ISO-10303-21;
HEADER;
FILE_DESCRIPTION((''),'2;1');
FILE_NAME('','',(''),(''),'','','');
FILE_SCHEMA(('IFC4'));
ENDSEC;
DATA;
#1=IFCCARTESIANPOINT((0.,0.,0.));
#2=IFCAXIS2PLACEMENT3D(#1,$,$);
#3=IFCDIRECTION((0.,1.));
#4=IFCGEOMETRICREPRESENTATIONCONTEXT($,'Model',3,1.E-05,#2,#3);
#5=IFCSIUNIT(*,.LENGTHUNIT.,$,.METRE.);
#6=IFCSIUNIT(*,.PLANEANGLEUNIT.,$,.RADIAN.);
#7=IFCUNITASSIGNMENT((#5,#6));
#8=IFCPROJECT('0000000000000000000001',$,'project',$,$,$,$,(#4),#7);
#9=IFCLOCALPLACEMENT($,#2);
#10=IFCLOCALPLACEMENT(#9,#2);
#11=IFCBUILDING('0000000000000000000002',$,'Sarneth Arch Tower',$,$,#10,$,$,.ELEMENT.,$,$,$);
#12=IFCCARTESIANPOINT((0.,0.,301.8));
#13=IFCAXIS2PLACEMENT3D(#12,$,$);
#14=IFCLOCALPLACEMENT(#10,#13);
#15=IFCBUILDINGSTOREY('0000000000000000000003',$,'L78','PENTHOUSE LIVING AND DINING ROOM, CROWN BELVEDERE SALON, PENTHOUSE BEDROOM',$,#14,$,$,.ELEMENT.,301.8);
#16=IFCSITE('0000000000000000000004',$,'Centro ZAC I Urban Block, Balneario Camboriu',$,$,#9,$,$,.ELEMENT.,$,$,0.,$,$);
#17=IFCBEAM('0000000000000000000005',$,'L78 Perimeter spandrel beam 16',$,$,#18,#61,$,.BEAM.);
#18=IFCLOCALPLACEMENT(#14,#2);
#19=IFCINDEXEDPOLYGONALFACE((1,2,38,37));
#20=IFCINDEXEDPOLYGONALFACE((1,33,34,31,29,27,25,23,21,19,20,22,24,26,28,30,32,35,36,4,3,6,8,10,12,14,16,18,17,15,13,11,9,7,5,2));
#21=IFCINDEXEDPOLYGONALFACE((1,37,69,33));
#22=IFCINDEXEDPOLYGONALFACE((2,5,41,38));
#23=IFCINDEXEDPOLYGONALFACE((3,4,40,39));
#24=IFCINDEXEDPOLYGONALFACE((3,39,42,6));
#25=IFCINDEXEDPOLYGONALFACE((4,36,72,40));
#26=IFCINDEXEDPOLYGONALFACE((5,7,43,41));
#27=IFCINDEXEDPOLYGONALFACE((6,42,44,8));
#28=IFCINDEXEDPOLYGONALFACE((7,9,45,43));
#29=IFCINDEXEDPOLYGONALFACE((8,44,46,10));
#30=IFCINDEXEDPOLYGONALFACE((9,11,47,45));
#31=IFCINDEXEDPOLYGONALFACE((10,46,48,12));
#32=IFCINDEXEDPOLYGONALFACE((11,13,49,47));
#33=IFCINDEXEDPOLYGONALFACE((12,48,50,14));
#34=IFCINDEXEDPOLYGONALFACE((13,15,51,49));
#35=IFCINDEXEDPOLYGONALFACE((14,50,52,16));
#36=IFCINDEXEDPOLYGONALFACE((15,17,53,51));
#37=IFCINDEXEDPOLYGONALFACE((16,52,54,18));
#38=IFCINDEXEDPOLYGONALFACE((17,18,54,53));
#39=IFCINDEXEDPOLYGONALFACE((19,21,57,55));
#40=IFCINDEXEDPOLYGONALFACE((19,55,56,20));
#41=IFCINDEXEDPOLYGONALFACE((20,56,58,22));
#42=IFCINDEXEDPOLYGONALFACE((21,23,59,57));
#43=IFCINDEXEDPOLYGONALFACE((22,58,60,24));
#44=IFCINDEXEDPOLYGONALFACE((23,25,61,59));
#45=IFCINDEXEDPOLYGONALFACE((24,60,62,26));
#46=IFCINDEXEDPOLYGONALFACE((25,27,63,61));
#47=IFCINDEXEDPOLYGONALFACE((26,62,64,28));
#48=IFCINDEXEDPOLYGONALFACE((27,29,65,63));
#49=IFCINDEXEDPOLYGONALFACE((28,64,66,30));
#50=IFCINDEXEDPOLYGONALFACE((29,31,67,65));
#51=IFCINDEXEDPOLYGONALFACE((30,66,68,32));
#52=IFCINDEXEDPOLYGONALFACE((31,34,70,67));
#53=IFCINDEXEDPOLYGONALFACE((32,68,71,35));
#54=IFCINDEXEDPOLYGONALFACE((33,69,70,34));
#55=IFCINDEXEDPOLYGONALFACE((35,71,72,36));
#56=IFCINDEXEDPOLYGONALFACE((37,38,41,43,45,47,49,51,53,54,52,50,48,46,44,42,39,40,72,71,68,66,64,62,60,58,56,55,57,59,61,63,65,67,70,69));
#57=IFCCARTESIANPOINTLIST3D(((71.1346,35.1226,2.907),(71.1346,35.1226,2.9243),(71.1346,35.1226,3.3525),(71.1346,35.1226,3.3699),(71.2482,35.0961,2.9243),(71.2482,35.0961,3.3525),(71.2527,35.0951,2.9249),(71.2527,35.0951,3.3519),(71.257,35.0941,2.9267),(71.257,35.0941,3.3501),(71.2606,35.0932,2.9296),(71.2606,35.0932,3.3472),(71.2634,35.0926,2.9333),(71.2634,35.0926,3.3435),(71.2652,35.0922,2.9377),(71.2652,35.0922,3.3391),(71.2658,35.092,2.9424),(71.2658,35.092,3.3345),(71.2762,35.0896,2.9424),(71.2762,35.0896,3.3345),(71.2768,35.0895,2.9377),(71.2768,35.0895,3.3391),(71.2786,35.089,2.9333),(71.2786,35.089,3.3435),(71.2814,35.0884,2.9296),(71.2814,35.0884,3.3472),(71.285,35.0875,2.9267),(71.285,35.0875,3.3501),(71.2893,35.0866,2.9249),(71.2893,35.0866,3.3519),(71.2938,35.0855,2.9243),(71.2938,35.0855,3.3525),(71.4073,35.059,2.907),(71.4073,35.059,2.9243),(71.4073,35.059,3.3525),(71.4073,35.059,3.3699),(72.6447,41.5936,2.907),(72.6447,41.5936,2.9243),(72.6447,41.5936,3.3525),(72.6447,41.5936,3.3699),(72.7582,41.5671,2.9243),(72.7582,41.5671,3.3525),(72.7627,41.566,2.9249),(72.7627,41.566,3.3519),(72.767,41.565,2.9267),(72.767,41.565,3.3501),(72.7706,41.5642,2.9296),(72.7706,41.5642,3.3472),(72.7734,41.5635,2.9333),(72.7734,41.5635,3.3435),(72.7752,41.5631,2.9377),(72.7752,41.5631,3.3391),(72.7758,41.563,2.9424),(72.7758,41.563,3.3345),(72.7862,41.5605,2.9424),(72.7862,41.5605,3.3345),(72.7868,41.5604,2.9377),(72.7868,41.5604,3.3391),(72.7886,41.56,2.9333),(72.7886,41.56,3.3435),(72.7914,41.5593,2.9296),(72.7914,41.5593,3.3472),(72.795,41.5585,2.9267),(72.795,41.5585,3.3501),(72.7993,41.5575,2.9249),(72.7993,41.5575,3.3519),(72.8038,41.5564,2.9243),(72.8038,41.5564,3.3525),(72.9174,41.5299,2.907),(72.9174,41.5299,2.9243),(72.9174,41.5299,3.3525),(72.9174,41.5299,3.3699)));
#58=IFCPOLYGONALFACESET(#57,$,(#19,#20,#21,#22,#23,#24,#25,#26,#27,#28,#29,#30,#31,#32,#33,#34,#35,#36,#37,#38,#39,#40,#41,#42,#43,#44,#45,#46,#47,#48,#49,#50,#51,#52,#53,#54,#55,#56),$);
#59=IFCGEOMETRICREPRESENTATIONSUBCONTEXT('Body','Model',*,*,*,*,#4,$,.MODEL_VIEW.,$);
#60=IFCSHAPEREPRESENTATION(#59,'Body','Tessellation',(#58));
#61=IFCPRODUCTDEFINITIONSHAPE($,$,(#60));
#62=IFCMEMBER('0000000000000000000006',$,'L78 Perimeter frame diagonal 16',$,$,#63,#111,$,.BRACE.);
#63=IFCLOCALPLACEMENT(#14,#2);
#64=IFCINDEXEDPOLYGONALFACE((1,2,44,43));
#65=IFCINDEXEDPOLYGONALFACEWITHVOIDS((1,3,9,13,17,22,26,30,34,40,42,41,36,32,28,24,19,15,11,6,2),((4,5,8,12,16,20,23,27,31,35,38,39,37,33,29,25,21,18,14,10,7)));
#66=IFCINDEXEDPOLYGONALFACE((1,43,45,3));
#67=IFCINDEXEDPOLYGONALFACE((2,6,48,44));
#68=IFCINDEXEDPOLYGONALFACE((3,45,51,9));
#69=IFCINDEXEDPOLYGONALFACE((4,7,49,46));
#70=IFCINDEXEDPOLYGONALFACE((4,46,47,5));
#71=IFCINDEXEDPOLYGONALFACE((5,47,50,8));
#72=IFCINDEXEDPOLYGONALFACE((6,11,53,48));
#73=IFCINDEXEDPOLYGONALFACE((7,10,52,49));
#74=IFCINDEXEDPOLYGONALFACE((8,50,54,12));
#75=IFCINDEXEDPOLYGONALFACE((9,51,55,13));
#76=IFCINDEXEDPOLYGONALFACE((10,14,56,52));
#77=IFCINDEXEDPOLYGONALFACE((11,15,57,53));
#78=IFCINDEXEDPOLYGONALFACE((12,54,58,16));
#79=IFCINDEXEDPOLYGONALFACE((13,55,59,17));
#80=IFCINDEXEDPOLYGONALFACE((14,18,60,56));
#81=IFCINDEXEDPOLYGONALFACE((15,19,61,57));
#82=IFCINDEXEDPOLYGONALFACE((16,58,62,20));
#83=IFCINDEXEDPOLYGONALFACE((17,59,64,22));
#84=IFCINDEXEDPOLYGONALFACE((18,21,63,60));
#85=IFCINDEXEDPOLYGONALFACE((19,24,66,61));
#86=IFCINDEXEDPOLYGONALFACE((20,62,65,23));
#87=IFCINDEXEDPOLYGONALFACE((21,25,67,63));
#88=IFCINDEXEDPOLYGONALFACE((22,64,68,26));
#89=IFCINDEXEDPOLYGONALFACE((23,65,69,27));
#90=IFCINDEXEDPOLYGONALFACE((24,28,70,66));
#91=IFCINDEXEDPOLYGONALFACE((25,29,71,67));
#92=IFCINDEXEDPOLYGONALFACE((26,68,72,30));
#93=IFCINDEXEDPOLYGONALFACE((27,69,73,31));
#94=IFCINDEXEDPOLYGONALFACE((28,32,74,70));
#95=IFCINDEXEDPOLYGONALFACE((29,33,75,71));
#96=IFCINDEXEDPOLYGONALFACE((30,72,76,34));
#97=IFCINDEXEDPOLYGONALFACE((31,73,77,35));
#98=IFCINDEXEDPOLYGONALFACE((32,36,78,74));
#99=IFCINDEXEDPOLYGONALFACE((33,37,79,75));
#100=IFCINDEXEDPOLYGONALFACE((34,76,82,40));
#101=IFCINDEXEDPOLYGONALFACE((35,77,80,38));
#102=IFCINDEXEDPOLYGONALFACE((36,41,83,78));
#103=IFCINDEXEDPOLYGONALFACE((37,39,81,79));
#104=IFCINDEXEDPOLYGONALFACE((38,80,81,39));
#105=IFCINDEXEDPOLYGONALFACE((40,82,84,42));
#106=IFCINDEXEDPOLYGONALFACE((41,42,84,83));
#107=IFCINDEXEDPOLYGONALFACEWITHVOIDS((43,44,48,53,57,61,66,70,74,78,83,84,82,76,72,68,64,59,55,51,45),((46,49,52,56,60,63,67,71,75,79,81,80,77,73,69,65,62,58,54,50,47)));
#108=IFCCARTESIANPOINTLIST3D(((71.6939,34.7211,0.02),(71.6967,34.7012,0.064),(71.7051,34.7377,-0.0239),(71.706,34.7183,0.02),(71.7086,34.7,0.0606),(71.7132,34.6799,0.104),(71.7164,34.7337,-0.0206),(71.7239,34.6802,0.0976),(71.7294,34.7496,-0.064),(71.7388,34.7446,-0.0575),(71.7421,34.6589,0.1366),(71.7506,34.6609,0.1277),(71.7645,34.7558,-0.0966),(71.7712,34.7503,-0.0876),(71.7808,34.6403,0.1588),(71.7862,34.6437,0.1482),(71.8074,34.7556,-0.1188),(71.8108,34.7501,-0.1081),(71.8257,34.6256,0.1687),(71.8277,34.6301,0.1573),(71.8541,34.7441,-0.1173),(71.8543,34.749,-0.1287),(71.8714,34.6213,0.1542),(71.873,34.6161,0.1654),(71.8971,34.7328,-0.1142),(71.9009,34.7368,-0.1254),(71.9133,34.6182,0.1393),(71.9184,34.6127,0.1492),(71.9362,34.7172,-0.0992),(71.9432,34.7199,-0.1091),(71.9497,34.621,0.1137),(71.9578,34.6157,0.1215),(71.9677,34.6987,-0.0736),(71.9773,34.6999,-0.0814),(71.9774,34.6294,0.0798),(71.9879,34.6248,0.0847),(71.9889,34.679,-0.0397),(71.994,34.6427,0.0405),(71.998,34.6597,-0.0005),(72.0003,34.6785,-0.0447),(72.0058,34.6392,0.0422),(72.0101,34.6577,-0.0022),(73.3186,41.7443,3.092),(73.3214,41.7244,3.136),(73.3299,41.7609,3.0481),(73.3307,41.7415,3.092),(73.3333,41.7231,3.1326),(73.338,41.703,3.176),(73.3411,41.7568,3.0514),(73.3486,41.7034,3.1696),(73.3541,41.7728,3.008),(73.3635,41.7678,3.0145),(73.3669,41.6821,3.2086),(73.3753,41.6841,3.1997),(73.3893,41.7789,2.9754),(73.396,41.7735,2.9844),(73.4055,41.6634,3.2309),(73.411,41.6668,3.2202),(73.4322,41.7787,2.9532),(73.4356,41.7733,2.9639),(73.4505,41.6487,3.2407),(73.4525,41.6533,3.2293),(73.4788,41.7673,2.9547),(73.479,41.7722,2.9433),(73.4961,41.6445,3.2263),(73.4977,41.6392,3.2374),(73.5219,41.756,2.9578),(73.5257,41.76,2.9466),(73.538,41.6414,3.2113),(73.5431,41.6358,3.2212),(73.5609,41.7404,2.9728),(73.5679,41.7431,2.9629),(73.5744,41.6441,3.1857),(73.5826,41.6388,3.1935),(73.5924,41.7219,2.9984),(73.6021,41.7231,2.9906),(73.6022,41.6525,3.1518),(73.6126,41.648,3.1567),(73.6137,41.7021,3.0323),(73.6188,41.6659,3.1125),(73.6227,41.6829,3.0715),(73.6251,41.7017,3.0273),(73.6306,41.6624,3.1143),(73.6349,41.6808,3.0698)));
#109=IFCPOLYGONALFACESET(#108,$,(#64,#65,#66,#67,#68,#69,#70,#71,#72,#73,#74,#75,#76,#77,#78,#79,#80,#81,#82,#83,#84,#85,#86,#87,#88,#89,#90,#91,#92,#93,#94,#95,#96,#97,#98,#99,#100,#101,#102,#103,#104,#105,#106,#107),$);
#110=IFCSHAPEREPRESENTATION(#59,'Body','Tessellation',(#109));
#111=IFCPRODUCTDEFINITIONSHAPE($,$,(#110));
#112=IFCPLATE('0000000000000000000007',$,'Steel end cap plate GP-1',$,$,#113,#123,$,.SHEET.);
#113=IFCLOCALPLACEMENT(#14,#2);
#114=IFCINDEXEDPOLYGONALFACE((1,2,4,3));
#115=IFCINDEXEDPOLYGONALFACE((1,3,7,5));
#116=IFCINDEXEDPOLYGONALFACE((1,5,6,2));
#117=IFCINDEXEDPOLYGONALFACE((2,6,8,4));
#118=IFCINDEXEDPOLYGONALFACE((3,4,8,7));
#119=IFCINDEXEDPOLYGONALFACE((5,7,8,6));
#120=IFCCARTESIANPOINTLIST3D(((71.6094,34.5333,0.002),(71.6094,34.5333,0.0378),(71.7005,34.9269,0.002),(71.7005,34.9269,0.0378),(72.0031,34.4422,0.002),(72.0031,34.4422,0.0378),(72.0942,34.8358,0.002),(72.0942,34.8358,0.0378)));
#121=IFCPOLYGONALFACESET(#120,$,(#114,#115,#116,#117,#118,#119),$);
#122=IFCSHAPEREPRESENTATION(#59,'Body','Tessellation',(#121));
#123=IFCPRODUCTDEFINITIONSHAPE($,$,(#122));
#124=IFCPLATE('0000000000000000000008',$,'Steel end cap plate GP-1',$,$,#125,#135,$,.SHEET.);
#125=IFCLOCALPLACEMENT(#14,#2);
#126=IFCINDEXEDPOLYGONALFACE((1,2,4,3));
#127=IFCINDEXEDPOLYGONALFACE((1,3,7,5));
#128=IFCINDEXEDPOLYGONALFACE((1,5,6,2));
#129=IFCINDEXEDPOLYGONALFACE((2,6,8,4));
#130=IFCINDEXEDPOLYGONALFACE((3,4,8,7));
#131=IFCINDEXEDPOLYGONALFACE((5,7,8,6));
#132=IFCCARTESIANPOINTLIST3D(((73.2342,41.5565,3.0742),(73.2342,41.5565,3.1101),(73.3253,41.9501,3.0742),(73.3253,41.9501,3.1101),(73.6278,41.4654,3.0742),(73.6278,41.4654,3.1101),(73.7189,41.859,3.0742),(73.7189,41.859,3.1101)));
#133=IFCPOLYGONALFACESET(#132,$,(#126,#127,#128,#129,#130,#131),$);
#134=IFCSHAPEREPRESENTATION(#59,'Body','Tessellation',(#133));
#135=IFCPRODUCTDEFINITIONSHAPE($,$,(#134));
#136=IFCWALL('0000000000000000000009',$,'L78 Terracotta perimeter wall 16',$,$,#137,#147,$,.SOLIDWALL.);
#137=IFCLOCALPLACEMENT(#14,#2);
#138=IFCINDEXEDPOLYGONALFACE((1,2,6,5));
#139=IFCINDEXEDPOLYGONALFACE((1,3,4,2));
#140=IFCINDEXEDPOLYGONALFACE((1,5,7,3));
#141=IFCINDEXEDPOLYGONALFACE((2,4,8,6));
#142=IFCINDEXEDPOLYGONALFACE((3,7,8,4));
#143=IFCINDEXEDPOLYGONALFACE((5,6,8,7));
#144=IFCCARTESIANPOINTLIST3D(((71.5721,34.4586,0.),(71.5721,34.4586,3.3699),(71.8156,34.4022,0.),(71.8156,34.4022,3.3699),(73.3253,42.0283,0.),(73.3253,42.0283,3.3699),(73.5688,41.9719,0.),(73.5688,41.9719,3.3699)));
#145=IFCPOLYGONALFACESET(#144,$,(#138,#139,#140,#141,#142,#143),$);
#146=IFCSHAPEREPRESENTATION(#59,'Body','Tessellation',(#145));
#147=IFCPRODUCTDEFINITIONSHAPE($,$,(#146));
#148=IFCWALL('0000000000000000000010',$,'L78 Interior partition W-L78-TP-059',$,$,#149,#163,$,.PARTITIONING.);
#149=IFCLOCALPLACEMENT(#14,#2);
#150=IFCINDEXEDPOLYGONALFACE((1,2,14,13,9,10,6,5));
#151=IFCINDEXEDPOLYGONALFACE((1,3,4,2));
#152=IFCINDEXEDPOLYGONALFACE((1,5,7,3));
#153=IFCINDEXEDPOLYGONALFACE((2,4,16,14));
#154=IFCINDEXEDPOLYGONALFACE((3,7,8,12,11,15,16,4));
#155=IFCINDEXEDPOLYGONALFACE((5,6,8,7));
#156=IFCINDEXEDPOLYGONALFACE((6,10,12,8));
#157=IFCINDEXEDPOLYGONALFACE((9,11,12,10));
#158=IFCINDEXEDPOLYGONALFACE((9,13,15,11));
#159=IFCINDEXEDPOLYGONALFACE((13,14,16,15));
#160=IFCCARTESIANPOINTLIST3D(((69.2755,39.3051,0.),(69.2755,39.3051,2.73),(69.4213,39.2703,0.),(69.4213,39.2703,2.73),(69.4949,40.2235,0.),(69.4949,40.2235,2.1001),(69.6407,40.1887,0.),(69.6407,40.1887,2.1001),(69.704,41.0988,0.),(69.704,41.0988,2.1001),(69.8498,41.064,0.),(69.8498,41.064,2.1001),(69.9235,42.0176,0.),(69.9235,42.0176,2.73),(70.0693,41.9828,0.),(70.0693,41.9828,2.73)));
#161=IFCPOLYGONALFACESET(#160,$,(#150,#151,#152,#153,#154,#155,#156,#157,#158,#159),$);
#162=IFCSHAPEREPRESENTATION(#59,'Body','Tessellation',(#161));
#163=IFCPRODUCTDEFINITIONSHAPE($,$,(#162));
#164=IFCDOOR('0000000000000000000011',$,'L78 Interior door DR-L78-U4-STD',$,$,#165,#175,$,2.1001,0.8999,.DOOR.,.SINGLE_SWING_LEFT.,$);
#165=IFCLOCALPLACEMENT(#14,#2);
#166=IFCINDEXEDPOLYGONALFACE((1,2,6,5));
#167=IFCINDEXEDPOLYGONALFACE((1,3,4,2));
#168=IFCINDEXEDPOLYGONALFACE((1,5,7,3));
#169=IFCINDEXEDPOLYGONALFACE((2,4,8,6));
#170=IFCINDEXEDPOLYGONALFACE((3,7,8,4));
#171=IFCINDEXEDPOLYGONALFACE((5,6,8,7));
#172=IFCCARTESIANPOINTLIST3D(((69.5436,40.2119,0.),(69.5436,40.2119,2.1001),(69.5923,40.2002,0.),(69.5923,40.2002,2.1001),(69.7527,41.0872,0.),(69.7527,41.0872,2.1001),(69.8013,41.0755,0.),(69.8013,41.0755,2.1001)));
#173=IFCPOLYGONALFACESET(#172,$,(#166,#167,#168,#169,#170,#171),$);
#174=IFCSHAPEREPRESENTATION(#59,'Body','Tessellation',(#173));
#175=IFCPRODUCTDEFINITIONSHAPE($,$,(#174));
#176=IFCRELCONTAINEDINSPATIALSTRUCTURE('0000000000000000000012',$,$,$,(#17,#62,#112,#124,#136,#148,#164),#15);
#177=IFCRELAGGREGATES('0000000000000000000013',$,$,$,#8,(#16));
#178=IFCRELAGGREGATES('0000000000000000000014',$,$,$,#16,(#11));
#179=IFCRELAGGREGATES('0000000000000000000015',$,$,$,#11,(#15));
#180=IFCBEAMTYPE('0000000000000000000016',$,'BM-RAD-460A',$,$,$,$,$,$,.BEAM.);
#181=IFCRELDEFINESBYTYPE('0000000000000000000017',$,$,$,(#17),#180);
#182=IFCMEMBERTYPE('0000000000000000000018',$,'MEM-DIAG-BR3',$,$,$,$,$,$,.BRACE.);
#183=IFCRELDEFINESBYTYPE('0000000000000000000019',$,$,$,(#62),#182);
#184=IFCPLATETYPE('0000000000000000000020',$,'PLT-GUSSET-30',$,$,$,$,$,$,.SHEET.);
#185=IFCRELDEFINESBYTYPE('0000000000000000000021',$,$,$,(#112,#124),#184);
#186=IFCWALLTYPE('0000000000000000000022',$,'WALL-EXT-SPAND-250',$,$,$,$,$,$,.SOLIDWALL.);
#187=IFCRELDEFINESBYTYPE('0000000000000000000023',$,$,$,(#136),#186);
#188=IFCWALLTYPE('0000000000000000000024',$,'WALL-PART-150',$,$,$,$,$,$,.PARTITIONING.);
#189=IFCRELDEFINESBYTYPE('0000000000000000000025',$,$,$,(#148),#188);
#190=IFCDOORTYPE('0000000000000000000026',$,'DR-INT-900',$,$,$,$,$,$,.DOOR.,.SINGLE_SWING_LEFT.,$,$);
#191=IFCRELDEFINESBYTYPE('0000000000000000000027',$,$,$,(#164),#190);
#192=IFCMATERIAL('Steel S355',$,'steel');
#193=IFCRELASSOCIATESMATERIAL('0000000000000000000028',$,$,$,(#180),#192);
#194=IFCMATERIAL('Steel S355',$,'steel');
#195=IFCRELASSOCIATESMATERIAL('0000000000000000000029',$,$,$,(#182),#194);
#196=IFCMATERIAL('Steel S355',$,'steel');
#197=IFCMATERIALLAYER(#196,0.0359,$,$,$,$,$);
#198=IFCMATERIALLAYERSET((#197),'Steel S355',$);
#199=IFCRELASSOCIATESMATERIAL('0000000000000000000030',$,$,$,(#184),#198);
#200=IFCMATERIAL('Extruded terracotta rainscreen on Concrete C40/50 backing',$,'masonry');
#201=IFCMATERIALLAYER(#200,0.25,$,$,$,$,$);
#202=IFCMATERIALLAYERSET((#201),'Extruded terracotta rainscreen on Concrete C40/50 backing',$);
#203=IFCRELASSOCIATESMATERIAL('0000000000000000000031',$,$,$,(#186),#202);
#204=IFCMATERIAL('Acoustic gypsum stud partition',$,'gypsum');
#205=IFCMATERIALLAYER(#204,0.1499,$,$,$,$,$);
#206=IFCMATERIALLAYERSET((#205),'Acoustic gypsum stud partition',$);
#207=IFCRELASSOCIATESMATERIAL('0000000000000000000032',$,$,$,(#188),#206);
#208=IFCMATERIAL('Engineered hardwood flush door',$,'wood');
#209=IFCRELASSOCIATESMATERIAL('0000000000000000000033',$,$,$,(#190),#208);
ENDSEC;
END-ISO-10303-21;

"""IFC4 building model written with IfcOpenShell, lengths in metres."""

from ifc_helpers import new_model, si_unit, direction, frame, frame_2d, origin, origin_2d, place, context, subcontext, project, spatial, rectangle, hollow_circle, i_section, extrude, material, layer, layer_set, material_profile, profile_set, type_object, element, fill, save


model = new_model("IFC4")

# Units and contexts
model_context = context("Model", 3, precision=1e-05, world=origin(), true_north=direction((0.0, 1.0)))
body_context = subcontext(model_context, "Body", "Model", "MODEL_VIEW")
ifc_project = project(units=[si_unit("LENGTHUNIT", "METRE"), si_unit("PLANEANGLEUNIT", "RADIAN")], contexts=[model_context])

# Site, building, storey
site_placement = place(None, origin())
site = spatial("IfcSite", under=ifc_project, at=site_placement, Name="Centro ZAC I Urban Block, Balneario Camboriu", CompositionType="ELEMENT", RefElevation=0.0)
building_placement = place(site_placement, origin())
building = spatial("IfcBuilding", under=site, at=building_placement, Name="Sarneth Arch Tower", CompositionType="ELEMENT")
storey_placement = place(building_placement, frame((0.0, 0.0, 301.8)))
storey = spatial("IfcBuildingStorey", under=building, at=storey_placement, Name="L78", Description="PENTHOUSE LIVING AND DINING ROOM, CROWN BELVEDERE SALON, PENTHOUSE BEDROOM", CompositionType="ELEMENT", Elevation=301.8)

# Beam
ifc_material_1 = material(Name="Steel S355", Category="steel")
ifc_material_profile_1 = material_profile(ifc_material_1, i_section(OverallWidth=0.28, OverallDepth=0.4629, WebThickness=0.0107, FlangeThickness=0.0173, FilletRadius=0.0181, at=origin_2d()), Name="W460x113")
ifc_profile_set_1 = profile_set([ifc_material_profile_1], Name="Steel S355")
beam_type_1 = type_object("IfcBeamType", Name="BM-RAD-460A", PredefinedType="BEAM", material=ifc_profile_set_1)
beam_1_placement = place(storey_placement, frame((71.271, 35.0908, 3.1384), z_axis=(0.227247, 0.973837, 0.0), x_axis=(-0.973837, 0.227247, 0.0)))
element("IfcBeam", 1, at=beam_1_placement, inside=storey, type_object=beam_type_1, Name="L78 Perimeter spandrel beam 16", PredefinedType="BEAM", context=body_context, shape_type="SweptSolid", body=[
    extrude(i_section(OverallWidth=0.28, OverallDepth=0.4629, WebThickness=0.0107, FlangeThickness=0.0173, FilletRadius=0.0181, at=origin_2d()), origin(), (0.0, 0.0, 1.0), 6.6448),
])

# Member
ifc_material_2 = material(Name="Steel S355", Category="steel")
ifc_material_profile_2 = material_profile(ifc_material_2, hollow_circle(Radius=0.1621, WallThickness=0.0125, at=origin_2d()), Name="CHS324x12.5")
ifc_profile_set_2 = profile_set([ifc_material_profile_2], Name="Steel S355")
member_type = type_object("IfcMemberType", Name="MEM-DIAG-BR3", PredefinedType="BRACE", material=ifc_profile_set_2)
member_placement = place(storey_placement, frame((71.8518, 34.6846, 0.02), z_axis=(0.207346, 0.896276, 0.392041), x_axis=(-0.974269, 0.225389, 0.0)))
element("IfcMember", 2, at=member_placement, inside=storey, type_object=member_type, Name="L78 Perimeter frame diagonal 16", PredefinedType="BRACE", context=body_context, shape_type="SweptSolid", body=[
    extrude(hollow_circle(Radius=0.1621, WallThickness=0.0125, at=origin_2d()), origin(), (0.0, 0.0, 1.0), 7.8359),
])

# Plates
ifc_material_3 = material(Name="Steel S355", Category="steel")
ifc_layer_1 = layer(ifc_material_3, 0.0359)
ifc_layer_set_1 = layer_set([ifc_layer_1], Name="Steel S355")
plate_type = type_object("IfcPlateType", Name="PLT-GUSSET-30", PredefinedType="SHEET", material=ifc_layer_set_1)
for number, where, z_axis, x_axis, name in (
    (3, (71.8518, 34.6846, 0.002), (0.0, 0.0, 1.0), (0.225461, 0.974252, 0.0), "Steel end cap plate GP-1"),
    (4, (73.4766, 41.7078, 3.0742), (0.0, 0.0, 1.0), (0.225461, 0.974252, 0.0), "Steel end cap plate GP-1"),
):
    element("IfcPlate", number, at=place(storey_placement, frame(where, z_axis=z_axis, x_axis=x_axis)), inside=storey, type_object=plate_type, Name=name, PredefinedType="SHEET", context=body_context, shape_type="SweptSolid", body=[
        extrude(rectangle(XDim=0.4041, YDim=0.4041, at=origin_2d()), origin(), (0.0, 0.0, 1.0), 0.0359),
    ])

# Wall
ifc_material_4 = material(Name="Extruded terracotta rainscreen on Concrete C40/50 backing", Category="masonry")
ifc_layer_2 = layer(ifc_material_4, 0.25)
ifc_layer_set_2 = layer_set([ifc_layer_2], Name="Extruded terracotta rainscreen on Concrete C40/50 backing")
wall_type_1 = type_object("IfcWallType", Name="WALL-EXT-SPAND-250", PredefinedType="SOLIDWALL", material=ifc_layer_set_2)
wall_1_placement = place(storey_placement, frame((71.6938, 34.4304, 0.0), z_axis=(0.0, 0.0, 1.0), x_axis=(0.225635, 0.974212, 0.0)))
element("IfcWall", 5, at=wall_1_placement, inside=storey, type_object=wall_type_1, Name="L78 Terracotta perimeter wall 16", PredefinedType="SOLIDWALL", context=body_context, shape_type="SweptSolid", body=[
    extrude(rectangle(XDim=7.77, YDim=0.25, at=frame_2d((3.885, 0.0))), origin(), (0.0, 0.0, 1.0), 3.3699),
])

# Wall, opening, door
ifc_material_5 = material(Name="Acoustic gypsum stud partition", Category="gypsum")
ifc_layer_3 = layer(ifc_material_5, 0.1499)
ifc_layer_set_3 = layer_set([ifc_layer_3], Name="Acoustic gypsum stud partition")
wall_type_2 = type_object("IfcWallType", Name="WALL-PART-150", PredefinedType="PARTITIONING", material=ifc_layer_set_3)
wall_2_placement = place(storey_placement, frame((69.3484, 39.2876, 0.0), z_axis=(0.0, 0.0, 1.0), x_axis=(0.232346, 0.972633, 0.0)))
wall_2 = element("IfcWall", 6, at=wall_2_placement, inside=storey, type_object=wall_type_2, Name="L78 Interior partition W-L78-TP-059", PredefinedType="PARTITIONING", context=body_context, shape_type="SweptSolid", body=[
    extrude(rectangle(XDim=2.7888, YDim=0.1499, at=frame_2d((1.3945, 0.0))), origin(), (0.0, 0.0, 1.0), 2.73),
])
opening_1_placement = place(wall_2_placement, frame((0.9443, 0.0, 0.0)))
opening_1 = element("IfcOpeningElement", 7, at=opening_1_placement, cuts=wall_2, PredefinedType="OPENING", context=body_context, shape_type="SweptSolid", body=[
    extrude(rectangle(XDim=0.8999, YDim=2.1001, at=frame_2d((0.45, 1.05))), frame((0.0, 0.085, 0.0), z_axis=(0.0, -1.0, 0.0), x_axis=(1.0, 0.0, 0.0)), (0.0, 0.0, 1.0), 0.1699),
])
ifc_material_6 = material(Name="Engineered hardwood flush door", Category="wood")
door_type_1 = type_object("IfcDoorType", Name="DR-INT-900", OperationType="SINGLE_SWING_LEFT", PredefinedType="DOOR", material=ifc_material_6)
door_1_placement = place(opening_1_placement, origin())
door_1 = element("IfcDoor", 8, at=door_1_placement, inside=storey, type_object=door_type_1, Name="L78 Interior door DR-L78-U4-STD", OperationType="SINGLE_SWING_LEFT", OverallHeight=2.1001, OverallWidth=0.8999, PredefinedType="DOOR", context=body_context, shape_type="SweptSolid", body=[
    extrude(rectangle(XDim=0.8999, YDim=2.1001, at=frame_2d((0.45, 1.05))), frame((0.0, 0.0249, 0.0), z_axis=(0.0, -1.0, 0.0), x_axis=(1.0, 0.0, 0.0)), (0.0, 0.0, 1.0), 0.05),
])
fill(opening_1, door_1)

save(model, "model.ifc")
